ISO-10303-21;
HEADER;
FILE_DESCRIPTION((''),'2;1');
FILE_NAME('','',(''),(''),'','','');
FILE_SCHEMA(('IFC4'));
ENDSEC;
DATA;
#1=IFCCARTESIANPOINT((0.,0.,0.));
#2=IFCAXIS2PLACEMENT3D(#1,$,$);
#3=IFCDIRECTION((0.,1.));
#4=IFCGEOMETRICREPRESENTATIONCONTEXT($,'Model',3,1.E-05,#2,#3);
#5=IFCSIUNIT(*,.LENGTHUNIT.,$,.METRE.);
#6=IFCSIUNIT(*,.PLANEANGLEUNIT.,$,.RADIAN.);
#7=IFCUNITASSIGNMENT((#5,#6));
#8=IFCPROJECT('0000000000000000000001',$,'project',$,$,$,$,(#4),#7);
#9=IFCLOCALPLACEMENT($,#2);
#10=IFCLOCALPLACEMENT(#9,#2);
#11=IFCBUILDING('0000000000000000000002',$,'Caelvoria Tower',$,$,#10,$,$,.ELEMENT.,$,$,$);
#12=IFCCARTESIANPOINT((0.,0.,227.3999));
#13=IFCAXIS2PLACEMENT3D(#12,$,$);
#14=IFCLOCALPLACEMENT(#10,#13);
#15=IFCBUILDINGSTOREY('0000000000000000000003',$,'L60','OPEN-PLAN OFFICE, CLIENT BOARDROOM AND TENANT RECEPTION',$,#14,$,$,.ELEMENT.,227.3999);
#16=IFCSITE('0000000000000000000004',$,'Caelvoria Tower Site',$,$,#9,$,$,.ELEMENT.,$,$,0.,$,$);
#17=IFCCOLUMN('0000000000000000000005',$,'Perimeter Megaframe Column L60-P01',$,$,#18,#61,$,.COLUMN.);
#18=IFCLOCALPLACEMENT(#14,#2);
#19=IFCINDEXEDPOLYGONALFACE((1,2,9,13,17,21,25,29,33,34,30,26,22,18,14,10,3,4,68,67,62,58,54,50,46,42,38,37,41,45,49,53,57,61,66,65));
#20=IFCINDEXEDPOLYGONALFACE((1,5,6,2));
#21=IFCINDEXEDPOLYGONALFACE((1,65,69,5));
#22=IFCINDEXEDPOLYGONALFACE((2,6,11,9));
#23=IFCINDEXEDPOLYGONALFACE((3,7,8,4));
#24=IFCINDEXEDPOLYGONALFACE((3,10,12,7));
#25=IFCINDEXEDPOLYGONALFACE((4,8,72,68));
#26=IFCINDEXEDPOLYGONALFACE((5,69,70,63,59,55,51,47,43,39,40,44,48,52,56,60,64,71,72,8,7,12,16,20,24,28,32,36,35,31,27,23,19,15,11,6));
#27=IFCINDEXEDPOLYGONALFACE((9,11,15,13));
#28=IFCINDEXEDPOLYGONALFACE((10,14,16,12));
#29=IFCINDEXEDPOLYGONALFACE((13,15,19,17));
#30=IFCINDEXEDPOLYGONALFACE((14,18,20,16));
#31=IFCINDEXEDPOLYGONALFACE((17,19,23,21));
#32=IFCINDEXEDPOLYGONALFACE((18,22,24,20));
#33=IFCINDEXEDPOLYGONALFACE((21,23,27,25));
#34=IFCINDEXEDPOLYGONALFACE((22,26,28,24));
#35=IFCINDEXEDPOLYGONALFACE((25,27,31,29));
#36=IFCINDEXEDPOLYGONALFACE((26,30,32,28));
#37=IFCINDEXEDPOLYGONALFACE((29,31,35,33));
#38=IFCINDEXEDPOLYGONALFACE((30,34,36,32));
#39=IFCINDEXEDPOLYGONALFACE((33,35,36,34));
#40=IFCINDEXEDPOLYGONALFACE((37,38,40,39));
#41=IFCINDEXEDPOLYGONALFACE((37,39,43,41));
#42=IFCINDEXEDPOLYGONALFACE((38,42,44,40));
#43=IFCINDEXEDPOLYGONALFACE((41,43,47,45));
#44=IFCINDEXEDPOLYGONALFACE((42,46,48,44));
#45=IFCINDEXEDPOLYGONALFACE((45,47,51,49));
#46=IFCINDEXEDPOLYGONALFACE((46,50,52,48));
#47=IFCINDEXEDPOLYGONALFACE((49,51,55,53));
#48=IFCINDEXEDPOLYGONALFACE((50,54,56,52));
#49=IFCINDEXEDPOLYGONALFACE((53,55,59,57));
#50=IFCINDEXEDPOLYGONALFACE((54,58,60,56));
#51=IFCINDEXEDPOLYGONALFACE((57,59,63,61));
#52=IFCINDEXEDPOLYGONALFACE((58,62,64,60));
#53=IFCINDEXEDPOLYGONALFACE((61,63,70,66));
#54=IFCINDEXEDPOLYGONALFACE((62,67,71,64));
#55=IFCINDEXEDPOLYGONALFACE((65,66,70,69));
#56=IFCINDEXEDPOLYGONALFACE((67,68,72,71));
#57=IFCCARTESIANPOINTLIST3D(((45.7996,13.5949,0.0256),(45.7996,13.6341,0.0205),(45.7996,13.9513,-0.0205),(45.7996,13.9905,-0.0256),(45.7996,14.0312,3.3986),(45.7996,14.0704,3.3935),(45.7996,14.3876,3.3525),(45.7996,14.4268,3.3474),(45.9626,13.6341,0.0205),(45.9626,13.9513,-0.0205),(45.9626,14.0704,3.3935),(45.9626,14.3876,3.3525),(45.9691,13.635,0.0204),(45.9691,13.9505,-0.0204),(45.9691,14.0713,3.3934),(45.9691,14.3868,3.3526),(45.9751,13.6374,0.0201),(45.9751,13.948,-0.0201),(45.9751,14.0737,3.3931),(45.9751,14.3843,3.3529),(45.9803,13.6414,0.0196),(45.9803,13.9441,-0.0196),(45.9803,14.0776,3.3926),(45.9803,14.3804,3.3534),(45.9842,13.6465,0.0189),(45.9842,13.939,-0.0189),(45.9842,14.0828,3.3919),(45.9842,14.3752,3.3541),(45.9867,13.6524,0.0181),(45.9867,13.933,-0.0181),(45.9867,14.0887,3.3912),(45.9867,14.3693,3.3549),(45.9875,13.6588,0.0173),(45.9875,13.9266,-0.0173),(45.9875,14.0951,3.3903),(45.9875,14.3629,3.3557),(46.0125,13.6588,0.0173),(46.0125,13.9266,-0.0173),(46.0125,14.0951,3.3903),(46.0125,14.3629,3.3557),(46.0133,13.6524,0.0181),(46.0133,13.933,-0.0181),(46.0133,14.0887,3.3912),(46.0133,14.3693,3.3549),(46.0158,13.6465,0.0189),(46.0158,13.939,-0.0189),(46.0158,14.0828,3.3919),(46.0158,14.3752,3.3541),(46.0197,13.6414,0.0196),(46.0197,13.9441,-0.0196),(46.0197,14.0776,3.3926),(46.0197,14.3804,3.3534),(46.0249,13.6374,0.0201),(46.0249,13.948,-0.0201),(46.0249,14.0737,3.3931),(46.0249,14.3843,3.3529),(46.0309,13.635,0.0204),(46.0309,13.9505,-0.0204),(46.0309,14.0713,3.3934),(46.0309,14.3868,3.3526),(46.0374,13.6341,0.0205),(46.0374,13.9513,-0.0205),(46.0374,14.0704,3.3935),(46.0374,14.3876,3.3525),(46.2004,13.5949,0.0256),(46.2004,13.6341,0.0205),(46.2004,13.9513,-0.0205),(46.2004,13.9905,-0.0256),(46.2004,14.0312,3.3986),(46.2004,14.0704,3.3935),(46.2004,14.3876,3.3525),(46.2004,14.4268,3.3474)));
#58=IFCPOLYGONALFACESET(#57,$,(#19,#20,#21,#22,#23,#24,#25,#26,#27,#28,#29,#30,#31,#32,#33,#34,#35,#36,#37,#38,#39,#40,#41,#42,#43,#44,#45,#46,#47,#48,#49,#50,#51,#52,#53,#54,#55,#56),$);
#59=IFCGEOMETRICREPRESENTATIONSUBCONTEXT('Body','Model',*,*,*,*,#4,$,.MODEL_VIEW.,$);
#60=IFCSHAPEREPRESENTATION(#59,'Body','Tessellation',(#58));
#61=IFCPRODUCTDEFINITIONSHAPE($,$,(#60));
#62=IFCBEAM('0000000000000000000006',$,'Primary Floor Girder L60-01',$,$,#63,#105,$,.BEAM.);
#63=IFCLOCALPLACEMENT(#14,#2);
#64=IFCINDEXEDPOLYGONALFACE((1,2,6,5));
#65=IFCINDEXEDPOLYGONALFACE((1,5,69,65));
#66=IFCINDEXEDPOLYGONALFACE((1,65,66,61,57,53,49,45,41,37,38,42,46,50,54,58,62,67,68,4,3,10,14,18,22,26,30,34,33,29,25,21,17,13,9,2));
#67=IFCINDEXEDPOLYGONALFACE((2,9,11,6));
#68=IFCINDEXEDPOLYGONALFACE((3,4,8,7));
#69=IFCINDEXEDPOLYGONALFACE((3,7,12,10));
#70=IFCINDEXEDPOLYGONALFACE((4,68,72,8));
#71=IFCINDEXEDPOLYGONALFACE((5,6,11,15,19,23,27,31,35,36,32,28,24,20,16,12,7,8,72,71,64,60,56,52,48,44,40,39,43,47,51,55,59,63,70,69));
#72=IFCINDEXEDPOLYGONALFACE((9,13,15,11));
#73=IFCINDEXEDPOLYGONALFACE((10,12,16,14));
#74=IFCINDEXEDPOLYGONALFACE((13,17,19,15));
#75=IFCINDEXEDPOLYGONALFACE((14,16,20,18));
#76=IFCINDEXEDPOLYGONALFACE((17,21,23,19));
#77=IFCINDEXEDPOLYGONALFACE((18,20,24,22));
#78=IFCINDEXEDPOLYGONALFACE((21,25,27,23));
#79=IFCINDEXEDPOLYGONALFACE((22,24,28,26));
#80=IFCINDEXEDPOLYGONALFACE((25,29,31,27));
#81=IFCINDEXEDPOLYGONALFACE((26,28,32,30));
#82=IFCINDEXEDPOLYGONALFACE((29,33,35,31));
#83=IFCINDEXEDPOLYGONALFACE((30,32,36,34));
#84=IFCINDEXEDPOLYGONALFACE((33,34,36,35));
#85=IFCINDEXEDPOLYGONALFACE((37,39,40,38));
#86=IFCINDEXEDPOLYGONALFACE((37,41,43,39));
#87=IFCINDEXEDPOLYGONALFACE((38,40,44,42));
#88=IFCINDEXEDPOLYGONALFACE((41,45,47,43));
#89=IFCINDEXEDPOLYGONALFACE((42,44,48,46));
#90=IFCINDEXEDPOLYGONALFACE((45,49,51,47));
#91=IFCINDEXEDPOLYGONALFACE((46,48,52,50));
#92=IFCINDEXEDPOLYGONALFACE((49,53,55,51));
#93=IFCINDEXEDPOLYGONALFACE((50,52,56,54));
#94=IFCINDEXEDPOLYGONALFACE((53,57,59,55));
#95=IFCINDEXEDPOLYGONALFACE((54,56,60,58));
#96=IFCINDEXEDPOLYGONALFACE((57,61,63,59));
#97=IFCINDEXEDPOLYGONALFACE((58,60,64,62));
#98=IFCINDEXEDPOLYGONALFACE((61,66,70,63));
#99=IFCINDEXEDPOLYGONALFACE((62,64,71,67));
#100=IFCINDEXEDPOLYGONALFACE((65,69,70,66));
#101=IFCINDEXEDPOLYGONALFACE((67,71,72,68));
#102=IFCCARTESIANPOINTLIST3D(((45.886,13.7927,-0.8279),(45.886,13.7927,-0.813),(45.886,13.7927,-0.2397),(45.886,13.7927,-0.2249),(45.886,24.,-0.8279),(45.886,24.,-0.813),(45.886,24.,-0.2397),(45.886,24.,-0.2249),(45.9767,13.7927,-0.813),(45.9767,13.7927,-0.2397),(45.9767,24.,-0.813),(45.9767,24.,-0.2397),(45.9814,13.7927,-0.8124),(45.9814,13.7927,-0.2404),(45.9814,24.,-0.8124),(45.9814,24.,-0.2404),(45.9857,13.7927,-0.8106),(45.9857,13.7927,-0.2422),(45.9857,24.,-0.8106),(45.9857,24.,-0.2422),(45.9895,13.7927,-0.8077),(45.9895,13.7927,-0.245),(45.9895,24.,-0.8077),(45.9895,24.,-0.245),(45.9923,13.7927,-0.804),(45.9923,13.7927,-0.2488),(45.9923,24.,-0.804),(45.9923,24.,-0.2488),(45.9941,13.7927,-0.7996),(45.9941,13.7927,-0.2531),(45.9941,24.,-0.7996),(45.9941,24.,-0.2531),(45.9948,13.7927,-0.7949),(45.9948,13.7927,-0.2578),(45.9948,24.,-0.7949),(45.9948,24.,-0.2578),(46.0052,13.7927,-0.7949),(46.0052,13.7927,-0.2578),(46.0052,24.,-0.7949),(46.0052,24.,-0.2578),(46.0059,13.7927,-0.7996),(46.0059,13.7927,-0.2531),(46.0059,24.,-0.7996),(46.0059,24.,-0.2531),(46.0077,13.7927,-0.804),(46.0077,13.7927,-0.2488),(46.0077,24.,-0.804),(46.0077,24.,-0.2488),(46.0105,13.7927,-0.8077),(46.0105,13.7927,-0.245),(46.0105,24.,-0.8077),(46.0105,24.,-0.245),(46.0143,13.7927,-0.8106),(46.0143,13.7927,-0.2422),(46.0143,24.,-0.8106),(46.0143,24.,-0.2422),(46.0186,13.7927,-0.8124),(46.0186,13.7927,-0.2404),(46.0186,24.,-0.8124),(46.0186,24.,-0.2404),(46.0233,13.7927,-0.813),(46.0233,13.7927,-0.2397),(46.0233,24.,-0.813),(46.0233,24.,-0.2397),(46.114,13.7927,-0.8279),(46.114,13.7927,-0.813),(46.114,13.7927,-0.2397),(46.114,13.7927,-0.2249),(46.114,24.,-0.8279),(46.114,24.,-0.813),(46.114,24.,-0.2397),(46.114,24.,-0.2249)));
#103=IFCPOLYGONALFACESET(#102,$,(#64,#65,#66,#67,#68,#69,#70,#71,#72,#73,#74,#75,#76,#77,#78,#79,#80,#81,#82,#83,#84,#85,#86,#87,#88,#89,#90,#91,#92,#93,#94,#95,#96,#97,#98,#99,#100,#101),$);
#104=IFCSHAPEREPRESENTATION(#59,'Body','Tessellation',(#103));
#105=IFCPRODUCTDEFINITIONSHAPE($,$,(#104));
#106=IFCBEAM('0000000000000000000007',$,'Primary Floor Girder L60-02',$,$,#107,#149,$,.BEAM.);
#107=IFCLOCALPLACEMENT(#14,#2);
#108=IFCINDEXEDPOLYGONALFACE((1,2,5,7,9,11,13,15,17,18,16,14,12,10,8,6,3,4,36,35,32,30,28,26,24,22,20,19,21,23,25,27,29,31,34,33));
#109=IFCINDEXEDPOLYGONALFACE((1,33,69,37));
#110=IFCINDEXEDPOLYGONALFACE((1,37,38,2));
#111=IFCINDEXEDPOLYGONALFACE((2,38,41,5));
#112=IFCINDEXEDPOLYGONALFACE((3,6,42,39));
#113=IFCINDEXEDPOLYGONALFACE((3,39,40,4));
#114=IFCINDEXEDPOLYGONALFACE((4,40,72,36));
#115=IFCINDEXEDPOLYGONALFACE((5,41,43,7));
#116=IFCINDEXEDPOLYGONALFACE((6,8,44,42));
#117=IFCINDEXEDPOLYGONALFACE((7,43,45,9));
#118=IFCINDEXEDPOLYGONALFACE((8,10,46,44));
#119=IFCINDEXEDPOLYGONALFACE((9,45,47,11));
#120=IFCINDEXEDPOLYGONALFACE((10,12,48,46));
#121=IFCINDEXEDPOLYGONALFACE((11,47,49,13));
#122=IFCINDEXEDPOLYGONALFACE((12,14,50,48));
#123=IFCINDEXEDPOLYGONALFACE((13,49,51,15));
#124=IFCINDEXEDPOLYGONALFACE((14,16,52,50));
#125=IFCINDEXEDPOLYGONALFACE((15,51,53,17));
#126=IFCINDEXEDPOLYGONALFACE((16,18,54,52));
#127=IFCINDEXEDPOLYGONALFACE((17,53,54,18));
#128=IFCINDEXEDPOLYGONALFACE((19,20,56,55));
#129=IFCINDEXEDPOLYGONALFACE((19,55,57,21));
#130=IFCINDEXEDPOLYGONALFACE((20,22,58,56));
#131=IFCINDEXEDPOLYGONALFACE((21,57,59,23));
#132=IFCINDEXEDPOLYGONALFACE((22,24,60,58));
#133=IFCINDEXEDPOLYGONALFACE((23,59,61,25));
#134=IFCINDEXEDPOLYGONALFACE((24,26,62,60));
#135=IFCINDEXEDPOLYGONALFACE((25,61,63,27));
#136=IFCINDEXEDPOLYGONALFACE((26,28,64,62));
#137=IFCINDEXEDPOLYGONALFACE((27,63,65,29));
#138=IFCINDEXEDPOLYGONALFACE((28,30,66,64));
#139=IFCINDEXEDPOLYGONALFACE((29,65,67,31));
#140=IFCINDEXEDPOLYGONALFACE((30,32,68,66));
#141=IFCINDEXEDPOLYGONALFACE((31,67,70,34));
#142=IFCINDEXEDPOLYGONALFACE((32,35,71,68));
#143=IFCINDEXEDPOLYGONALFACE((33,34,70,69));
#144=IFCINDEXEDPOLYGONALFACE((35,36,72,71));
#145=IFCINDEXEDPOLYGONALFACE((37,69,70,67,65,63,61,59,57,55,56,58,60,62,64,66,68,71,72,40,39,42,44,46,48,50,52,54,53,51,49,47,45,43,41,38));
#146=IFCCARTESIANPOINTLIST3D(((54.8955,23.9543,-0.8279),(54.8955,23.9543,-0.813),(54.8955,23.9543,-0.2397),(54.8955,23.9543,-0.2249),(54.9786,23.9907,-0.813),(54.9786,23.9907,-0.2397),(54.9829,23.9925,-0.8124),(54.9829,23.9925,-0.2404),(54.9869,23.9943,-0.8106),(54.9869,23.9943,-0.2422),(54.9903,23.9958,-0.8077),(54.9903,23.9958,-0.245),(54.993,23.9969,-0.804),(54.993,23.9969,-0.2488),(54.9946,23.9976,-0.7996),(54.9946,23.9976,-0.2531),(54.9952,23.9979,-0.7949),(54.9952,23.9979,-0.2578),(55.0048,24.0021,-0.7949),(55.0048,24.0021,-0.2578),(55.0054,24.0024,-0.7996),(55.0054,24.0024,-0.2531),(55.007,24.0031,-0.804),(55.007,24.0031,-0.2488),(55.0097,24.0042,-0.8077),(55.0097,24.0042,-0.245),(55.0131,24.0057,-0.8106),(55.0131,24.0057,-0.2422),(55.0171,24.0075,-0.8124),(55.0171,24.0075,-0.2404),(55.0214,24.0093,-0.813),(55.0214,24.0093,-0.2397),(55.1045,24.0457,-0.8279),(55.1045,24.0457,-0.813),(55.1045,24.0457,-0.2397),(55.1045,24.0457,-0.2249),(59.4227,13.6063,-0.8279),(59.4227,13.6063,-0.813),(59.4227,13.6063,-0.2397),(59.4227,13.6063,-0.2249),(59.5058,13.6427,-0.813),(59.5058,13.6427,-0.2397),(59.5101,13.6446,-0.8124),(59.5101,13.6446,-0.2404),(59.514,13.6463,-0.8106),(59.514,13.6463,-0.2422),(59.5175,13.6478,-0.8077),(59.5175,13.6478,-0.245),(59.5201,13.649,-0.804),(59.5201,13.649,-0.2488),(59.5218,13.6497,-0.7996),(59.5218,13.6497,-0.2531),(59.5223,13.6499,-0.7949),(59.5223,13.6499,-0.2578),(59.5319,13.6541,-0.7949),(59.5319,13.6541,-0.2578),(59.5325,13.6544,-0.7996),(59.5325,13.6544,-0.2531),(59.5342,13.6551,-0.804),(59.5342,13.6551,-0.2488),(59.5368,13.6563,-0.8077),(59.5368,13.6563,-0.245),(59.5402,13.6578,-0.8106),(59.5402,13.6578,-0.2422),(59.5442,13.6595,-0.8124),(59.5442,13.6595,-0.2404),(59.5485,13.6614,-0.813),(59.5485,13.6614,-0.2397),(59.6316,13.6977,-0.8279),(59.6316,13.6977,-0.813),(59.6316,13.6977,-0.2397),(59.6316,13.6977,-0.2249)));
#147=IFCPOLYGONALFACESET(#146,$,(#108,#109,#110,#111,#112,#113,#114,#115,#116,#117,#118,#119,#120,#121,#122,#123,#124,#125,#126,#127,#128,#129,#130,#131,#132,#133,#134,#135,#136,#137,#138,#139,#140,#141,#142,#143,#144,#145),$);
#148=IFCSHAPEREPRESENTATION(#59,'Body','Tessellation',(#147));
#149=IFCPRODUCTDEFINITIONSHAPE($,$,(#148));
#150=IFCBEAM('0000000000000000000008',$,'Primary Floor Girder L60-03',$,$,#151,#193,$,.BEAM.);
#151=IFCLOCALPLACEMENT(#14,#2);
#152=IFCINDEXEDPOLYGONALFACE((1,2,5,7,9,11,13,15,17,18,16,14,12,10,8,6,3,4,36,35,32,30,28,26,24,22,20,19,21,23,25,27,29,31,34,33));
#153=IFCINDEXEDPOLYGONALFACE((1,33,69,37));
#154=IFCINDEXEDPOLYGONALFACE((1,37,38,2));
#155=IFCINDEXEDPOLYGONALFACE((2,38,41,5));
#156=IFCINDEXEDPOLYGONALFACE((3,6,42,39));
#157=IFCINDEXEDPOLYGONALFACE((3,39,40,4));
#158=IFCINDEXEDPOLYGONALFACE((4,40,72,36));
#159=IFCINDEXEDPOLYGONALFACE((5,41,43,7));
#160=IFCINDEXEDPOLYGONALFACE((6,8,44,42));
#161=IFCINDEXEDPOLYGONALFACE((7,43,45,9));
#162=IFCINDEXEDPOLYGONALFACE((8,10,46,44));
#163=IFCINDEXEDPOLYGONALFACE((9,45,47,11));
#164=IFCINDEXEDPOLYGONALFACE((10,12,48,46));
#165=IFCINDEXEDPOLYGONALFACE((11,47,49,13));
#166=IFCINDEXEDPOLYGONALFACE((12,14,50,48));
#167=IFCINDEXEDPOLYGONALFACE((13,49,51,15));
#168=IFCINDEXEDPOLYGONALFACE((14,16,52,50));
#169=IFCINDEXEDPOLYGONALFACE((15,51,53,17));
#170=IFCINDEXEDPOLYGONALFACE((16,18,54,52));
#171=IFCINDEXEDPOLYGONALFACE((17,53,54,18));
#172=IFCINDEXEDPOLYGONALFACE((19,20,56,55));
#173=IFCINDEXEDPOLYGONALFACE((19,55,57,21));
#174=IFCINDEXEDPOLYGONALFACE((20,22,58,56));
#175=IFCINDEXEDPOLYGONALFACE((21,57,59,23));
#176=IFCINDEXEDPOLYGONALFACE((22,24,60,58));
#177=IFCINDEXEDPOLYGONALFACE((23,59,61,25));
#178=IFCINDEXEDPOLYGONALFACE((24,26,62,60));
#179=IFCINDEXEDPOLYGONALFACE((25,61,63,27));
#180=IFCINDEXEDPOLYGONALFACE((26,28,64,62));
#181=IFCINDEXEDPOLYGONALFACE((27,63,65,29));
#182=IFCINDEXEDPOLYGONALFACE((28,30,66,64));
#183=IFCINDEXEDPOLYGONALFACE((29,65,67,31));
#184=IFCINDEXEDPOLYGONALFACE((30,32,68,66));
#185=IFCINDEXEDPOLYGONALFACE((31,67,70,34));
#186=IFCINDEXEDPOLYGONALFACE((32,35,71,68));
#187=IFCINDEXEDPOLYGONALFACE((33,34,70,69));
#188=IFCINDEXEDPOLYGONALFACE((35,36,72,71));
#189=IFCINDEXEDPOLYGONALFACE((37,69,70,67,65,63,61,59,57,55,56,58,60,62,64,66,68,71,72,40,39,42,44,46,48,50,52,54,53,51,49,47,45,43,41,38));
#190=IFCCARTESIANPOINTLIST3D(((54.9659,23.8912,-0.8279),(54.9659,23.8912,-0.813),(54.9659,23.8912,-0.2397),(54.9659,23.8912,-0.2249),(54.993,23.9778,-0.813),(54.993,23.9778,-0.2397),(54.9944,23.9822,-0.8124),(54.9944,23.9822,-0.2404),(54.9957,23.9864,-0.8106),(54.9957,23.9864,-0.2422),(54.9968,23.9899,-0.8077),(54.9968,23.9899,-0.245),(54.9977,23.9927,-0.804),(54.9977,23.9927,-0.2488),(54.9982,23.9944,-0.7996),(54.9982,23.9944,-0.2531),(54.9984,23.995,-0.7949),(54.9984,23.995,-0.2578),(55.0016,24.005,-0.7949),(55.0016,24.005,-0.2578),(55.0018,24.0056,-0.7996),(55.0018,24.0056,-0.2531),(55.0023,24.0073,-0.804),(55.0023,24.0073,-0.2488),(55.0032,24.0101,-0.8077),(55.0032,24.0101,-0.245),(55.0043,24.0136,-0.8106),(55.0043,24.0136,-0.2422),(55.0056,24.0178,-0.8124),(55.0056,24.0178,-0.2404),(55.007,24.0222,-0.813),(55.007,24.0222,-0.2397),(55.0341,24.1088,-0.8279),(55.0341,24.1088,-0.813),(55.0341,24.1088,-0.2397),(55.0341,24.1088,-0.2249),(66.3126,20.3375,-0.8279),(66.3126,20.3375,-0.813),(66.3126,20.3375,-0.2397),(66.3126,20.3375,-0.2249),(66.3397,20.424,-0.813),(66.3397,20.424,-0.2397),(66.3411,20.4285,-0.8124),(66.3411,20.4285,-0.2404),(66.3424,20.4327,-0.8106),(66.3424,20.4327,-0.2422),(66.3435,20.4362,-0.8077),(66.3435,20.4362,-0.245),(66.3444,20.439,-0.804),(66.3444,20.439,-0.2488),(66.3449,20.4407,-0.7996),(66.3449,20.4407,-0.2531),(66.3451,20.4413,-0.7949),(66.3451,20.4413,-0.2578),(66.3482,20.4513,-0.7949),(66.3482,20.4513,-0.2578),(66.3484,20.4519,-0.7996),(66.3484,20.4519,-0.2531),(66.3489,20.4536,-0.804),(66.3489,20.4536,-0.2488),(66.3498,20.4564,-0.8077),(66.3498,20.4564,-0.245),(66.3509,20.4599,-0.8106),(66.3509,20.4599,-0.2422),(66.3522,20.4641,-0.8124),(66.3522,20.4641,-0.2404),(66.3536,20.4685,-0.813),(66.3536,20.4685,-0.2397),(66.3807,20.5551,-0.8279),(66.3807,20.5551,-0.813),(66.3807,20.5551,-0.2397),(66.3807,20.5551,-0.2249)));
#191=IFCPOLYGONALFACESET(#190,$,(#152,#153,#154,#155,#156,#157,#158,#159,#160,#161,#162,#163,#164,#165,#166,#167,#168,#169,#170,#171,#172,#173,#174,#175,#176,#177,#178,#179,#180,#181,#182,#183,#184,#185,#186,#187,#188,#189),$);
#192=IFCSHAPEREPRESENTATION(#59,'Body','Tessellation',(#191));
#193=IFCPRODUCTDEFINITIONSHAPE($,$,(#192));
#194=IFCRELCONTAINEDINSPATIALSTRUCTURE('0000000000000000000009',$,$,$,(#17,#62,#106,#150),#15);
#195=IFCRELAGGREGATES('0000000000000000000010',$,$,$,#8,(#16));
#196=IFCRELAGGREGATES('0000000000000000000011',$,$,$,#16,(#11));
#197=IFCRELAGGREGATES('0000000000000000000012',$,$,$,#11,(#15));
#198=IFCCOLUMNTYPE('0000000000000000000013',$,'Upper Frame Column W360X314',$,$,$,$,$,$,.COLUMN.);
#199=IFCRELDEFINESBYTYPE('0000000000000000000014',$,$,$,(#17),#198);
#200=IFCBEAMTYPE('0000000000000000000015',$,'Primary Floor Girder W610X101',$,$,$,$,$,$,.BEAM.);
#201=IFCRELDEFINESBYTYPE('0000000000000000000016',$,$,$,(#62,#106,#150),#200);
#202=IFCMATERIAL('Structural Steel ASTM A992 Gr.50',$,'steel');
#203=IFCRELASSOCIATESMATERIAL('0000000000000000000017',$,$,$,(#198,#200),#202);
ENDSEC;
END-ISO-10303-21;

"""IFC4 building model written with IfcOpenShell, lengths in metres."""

from ifc_helpers import new_model, si_unit, direction, frame, origin, origin_2d, place, context, subcontext, project, spatial, i_section, extrude, material, material_profile, profile_set, type_object, element, save


model = new_model("IFC4")

# Units and contexts
model_context = context("Model", 3, precision=1e-05, world=origin(), true_north=direction((0.0, 1.0)))
body_context = subcontext(model_context, "Body", "Model", "MODEL_VIEW")
ifc_project = project(units=[si_unit("LENGTHUNIT", "METRE"), si_unit("PLANEANGLEUNIT", "RADIAN")], contexts=[model_context])

# Site, building, storey
site_placement = place(None, origin())
site = spatial("IfcSite", under=ifc_project, at=site_placement, Name="Caelvoria Tower Site", CompositionType="ELEMENT", RefElevation=0.0)
building_placement = place(site_placement, origin())
building = spatial("IfcBuilding", under=site, at=building_placement, Name="Caelvoria Tower", CompositionType="ELEMENT")
storey_placement = place(building_placement, frame((0.0, 0.0, 227.3999)))
storey = spatial("IfcBuildingStorey", under=building, at=storey_placement, Name="L60", Description="OPEN-PLAN OFFICE, CLIENT BOARDROOM AND TENANT RECEPTION", CompositionType="ELEMENT", Elevation=227.3999)

# Column
ifc_material_1 = material(Name="Structural Steel ASTM A992 Gr.50", Category="steel")
ifc_material_profile_1 = material_profile(ifc_material_1, i_section(OverallWidth=0.4009, OverallDepth=0.3989, WebThickness=0.0249, FlangeThickness=0.0396, FilletRadius=0.0249, at=origin_2d()), Name="Structural Steel ASTM A992 Gr.50")
ifc_profile_set_1 = profile_set([ifc_material_profile_1], Name="W360X314 - Structural Steel ASTM A992 Gr.50")
column_type = type_object("IfcColumnType", Name="Upper Frame Column W360X314", PredefinedType="COLUMN", material=ifc_profile_set_1)
column_placement = place(storey_placement, frame((46.0, 13.7927, 0.0), z_axis=(0.0, 0.128274, 0.991739), x_axis=(-1.0, 0.0, 0.0)))
element("IfcColumn", 1, at=column_placement, inside=storey, type_object=column_type, Name="Perimeter Megaframe Column L60-P01", PredefinedType="COLUMN", context=body_context, shape_type="SweptSolid", body=[
    extrude(i_section(OverallWidth=0.4009, OverallDepth=0.3989, WebThickness=0.0249, FlangeThickness=0.0396, FilletRadius=0.0249, at=origin_2d()), origin(), (0.0, 0.0, 1.0), 3.4011),
])

# Beams
ifc_material_profile_2 = material_profile(ifc_material_1, i_section(OverallWidth=0.228, OverallDepth=0.603, WebThickness=0.0105, FlangeThickness=0.0149, FilletRadius=0.0181, at=origin_2d()), Name="Structural Steel ASTM A992 Gr.50")
ifc_profile_set_2 = profile_set([ifc_material_profile_2], Name="W610X101 - Structural Steel ASTM A992 Gr.50")
beam_type_1 = type_object("IfcBeamType", Name="Primary Floor Girder W610X101", PredefinedType="BEAM", material=ifc_profile_set_2)
beam_1_placement = place(storey_placement, frame((46.0, 24.0, -0.5264), z_axis=(0.0, -1.0, 0.0), x_axis=(1.0, 0.0, 0.0)))
element("IfcBeam", 2, at=beam_1_placement, inside=storey, type_object=beam_type_1, Name="Primary Floor Girder L60-01", PredefinedType="BEAM", context=body_context, shape_type="SweptSolid", body=[
    extrude(i_section(OverallWidth=0.228, OverallDepth=0.603, WebThickness=0.0105, FlangeThickness=0.0149, FilletRadius=0.0181, at=origin_2d()), origin(), (0.0, 0.0, 1.0), 10.2073),
])
beam_2_placement = place(storey_placement, frame((55.0, 24.0, -0.5264), z_axis=(0.400811, -0.916161, 0.0), x_axis=(0.916161, 0.400811, 0.0)))
element("IfcBeam", 3, at=beam_2_placement, inside=storey, type_object=beam_type_1, Name="Primary Floor Girder L60-02", PredefinedType="BEAM", context=body_context, shape_type="SweptSolid", body=[
    extrude(i_section(OverallWidth=0.228, OverallDepth=0.603, WebThickness=0.0105, FlangeThickness=0.0149, FilletRadius=0.0181, at=origin_2d()), origin(), (0.0, 0.0, 1.0), 11.2949),
])
beam_3_placement = place(storey_placement, frame((55.0, 24.0, -0.5264), z_axis=(0.954291, -0.298878, 0.0), x_axis=(0.298878, 0.954291, 0.0)))
element("IfcBeam", 4, at=beam_3_placement, inside=storey, type_object=beam_type_1, Name="Primary Floor Girder L60-03", PredefinedType="BEAM", context=body_context, shape_type="SweptSolid", body=[
    extrude(i_section(OverallWidth=0.228, OverallDepth=0.603, WebThickness=0.0105, FlangeThickness=0.0149, FilletRadius=0.0181, at=origin_2d()), origin(), (0.0, 0.0, 1.0), 11.8901),
])

save(model, "model.ifc")
